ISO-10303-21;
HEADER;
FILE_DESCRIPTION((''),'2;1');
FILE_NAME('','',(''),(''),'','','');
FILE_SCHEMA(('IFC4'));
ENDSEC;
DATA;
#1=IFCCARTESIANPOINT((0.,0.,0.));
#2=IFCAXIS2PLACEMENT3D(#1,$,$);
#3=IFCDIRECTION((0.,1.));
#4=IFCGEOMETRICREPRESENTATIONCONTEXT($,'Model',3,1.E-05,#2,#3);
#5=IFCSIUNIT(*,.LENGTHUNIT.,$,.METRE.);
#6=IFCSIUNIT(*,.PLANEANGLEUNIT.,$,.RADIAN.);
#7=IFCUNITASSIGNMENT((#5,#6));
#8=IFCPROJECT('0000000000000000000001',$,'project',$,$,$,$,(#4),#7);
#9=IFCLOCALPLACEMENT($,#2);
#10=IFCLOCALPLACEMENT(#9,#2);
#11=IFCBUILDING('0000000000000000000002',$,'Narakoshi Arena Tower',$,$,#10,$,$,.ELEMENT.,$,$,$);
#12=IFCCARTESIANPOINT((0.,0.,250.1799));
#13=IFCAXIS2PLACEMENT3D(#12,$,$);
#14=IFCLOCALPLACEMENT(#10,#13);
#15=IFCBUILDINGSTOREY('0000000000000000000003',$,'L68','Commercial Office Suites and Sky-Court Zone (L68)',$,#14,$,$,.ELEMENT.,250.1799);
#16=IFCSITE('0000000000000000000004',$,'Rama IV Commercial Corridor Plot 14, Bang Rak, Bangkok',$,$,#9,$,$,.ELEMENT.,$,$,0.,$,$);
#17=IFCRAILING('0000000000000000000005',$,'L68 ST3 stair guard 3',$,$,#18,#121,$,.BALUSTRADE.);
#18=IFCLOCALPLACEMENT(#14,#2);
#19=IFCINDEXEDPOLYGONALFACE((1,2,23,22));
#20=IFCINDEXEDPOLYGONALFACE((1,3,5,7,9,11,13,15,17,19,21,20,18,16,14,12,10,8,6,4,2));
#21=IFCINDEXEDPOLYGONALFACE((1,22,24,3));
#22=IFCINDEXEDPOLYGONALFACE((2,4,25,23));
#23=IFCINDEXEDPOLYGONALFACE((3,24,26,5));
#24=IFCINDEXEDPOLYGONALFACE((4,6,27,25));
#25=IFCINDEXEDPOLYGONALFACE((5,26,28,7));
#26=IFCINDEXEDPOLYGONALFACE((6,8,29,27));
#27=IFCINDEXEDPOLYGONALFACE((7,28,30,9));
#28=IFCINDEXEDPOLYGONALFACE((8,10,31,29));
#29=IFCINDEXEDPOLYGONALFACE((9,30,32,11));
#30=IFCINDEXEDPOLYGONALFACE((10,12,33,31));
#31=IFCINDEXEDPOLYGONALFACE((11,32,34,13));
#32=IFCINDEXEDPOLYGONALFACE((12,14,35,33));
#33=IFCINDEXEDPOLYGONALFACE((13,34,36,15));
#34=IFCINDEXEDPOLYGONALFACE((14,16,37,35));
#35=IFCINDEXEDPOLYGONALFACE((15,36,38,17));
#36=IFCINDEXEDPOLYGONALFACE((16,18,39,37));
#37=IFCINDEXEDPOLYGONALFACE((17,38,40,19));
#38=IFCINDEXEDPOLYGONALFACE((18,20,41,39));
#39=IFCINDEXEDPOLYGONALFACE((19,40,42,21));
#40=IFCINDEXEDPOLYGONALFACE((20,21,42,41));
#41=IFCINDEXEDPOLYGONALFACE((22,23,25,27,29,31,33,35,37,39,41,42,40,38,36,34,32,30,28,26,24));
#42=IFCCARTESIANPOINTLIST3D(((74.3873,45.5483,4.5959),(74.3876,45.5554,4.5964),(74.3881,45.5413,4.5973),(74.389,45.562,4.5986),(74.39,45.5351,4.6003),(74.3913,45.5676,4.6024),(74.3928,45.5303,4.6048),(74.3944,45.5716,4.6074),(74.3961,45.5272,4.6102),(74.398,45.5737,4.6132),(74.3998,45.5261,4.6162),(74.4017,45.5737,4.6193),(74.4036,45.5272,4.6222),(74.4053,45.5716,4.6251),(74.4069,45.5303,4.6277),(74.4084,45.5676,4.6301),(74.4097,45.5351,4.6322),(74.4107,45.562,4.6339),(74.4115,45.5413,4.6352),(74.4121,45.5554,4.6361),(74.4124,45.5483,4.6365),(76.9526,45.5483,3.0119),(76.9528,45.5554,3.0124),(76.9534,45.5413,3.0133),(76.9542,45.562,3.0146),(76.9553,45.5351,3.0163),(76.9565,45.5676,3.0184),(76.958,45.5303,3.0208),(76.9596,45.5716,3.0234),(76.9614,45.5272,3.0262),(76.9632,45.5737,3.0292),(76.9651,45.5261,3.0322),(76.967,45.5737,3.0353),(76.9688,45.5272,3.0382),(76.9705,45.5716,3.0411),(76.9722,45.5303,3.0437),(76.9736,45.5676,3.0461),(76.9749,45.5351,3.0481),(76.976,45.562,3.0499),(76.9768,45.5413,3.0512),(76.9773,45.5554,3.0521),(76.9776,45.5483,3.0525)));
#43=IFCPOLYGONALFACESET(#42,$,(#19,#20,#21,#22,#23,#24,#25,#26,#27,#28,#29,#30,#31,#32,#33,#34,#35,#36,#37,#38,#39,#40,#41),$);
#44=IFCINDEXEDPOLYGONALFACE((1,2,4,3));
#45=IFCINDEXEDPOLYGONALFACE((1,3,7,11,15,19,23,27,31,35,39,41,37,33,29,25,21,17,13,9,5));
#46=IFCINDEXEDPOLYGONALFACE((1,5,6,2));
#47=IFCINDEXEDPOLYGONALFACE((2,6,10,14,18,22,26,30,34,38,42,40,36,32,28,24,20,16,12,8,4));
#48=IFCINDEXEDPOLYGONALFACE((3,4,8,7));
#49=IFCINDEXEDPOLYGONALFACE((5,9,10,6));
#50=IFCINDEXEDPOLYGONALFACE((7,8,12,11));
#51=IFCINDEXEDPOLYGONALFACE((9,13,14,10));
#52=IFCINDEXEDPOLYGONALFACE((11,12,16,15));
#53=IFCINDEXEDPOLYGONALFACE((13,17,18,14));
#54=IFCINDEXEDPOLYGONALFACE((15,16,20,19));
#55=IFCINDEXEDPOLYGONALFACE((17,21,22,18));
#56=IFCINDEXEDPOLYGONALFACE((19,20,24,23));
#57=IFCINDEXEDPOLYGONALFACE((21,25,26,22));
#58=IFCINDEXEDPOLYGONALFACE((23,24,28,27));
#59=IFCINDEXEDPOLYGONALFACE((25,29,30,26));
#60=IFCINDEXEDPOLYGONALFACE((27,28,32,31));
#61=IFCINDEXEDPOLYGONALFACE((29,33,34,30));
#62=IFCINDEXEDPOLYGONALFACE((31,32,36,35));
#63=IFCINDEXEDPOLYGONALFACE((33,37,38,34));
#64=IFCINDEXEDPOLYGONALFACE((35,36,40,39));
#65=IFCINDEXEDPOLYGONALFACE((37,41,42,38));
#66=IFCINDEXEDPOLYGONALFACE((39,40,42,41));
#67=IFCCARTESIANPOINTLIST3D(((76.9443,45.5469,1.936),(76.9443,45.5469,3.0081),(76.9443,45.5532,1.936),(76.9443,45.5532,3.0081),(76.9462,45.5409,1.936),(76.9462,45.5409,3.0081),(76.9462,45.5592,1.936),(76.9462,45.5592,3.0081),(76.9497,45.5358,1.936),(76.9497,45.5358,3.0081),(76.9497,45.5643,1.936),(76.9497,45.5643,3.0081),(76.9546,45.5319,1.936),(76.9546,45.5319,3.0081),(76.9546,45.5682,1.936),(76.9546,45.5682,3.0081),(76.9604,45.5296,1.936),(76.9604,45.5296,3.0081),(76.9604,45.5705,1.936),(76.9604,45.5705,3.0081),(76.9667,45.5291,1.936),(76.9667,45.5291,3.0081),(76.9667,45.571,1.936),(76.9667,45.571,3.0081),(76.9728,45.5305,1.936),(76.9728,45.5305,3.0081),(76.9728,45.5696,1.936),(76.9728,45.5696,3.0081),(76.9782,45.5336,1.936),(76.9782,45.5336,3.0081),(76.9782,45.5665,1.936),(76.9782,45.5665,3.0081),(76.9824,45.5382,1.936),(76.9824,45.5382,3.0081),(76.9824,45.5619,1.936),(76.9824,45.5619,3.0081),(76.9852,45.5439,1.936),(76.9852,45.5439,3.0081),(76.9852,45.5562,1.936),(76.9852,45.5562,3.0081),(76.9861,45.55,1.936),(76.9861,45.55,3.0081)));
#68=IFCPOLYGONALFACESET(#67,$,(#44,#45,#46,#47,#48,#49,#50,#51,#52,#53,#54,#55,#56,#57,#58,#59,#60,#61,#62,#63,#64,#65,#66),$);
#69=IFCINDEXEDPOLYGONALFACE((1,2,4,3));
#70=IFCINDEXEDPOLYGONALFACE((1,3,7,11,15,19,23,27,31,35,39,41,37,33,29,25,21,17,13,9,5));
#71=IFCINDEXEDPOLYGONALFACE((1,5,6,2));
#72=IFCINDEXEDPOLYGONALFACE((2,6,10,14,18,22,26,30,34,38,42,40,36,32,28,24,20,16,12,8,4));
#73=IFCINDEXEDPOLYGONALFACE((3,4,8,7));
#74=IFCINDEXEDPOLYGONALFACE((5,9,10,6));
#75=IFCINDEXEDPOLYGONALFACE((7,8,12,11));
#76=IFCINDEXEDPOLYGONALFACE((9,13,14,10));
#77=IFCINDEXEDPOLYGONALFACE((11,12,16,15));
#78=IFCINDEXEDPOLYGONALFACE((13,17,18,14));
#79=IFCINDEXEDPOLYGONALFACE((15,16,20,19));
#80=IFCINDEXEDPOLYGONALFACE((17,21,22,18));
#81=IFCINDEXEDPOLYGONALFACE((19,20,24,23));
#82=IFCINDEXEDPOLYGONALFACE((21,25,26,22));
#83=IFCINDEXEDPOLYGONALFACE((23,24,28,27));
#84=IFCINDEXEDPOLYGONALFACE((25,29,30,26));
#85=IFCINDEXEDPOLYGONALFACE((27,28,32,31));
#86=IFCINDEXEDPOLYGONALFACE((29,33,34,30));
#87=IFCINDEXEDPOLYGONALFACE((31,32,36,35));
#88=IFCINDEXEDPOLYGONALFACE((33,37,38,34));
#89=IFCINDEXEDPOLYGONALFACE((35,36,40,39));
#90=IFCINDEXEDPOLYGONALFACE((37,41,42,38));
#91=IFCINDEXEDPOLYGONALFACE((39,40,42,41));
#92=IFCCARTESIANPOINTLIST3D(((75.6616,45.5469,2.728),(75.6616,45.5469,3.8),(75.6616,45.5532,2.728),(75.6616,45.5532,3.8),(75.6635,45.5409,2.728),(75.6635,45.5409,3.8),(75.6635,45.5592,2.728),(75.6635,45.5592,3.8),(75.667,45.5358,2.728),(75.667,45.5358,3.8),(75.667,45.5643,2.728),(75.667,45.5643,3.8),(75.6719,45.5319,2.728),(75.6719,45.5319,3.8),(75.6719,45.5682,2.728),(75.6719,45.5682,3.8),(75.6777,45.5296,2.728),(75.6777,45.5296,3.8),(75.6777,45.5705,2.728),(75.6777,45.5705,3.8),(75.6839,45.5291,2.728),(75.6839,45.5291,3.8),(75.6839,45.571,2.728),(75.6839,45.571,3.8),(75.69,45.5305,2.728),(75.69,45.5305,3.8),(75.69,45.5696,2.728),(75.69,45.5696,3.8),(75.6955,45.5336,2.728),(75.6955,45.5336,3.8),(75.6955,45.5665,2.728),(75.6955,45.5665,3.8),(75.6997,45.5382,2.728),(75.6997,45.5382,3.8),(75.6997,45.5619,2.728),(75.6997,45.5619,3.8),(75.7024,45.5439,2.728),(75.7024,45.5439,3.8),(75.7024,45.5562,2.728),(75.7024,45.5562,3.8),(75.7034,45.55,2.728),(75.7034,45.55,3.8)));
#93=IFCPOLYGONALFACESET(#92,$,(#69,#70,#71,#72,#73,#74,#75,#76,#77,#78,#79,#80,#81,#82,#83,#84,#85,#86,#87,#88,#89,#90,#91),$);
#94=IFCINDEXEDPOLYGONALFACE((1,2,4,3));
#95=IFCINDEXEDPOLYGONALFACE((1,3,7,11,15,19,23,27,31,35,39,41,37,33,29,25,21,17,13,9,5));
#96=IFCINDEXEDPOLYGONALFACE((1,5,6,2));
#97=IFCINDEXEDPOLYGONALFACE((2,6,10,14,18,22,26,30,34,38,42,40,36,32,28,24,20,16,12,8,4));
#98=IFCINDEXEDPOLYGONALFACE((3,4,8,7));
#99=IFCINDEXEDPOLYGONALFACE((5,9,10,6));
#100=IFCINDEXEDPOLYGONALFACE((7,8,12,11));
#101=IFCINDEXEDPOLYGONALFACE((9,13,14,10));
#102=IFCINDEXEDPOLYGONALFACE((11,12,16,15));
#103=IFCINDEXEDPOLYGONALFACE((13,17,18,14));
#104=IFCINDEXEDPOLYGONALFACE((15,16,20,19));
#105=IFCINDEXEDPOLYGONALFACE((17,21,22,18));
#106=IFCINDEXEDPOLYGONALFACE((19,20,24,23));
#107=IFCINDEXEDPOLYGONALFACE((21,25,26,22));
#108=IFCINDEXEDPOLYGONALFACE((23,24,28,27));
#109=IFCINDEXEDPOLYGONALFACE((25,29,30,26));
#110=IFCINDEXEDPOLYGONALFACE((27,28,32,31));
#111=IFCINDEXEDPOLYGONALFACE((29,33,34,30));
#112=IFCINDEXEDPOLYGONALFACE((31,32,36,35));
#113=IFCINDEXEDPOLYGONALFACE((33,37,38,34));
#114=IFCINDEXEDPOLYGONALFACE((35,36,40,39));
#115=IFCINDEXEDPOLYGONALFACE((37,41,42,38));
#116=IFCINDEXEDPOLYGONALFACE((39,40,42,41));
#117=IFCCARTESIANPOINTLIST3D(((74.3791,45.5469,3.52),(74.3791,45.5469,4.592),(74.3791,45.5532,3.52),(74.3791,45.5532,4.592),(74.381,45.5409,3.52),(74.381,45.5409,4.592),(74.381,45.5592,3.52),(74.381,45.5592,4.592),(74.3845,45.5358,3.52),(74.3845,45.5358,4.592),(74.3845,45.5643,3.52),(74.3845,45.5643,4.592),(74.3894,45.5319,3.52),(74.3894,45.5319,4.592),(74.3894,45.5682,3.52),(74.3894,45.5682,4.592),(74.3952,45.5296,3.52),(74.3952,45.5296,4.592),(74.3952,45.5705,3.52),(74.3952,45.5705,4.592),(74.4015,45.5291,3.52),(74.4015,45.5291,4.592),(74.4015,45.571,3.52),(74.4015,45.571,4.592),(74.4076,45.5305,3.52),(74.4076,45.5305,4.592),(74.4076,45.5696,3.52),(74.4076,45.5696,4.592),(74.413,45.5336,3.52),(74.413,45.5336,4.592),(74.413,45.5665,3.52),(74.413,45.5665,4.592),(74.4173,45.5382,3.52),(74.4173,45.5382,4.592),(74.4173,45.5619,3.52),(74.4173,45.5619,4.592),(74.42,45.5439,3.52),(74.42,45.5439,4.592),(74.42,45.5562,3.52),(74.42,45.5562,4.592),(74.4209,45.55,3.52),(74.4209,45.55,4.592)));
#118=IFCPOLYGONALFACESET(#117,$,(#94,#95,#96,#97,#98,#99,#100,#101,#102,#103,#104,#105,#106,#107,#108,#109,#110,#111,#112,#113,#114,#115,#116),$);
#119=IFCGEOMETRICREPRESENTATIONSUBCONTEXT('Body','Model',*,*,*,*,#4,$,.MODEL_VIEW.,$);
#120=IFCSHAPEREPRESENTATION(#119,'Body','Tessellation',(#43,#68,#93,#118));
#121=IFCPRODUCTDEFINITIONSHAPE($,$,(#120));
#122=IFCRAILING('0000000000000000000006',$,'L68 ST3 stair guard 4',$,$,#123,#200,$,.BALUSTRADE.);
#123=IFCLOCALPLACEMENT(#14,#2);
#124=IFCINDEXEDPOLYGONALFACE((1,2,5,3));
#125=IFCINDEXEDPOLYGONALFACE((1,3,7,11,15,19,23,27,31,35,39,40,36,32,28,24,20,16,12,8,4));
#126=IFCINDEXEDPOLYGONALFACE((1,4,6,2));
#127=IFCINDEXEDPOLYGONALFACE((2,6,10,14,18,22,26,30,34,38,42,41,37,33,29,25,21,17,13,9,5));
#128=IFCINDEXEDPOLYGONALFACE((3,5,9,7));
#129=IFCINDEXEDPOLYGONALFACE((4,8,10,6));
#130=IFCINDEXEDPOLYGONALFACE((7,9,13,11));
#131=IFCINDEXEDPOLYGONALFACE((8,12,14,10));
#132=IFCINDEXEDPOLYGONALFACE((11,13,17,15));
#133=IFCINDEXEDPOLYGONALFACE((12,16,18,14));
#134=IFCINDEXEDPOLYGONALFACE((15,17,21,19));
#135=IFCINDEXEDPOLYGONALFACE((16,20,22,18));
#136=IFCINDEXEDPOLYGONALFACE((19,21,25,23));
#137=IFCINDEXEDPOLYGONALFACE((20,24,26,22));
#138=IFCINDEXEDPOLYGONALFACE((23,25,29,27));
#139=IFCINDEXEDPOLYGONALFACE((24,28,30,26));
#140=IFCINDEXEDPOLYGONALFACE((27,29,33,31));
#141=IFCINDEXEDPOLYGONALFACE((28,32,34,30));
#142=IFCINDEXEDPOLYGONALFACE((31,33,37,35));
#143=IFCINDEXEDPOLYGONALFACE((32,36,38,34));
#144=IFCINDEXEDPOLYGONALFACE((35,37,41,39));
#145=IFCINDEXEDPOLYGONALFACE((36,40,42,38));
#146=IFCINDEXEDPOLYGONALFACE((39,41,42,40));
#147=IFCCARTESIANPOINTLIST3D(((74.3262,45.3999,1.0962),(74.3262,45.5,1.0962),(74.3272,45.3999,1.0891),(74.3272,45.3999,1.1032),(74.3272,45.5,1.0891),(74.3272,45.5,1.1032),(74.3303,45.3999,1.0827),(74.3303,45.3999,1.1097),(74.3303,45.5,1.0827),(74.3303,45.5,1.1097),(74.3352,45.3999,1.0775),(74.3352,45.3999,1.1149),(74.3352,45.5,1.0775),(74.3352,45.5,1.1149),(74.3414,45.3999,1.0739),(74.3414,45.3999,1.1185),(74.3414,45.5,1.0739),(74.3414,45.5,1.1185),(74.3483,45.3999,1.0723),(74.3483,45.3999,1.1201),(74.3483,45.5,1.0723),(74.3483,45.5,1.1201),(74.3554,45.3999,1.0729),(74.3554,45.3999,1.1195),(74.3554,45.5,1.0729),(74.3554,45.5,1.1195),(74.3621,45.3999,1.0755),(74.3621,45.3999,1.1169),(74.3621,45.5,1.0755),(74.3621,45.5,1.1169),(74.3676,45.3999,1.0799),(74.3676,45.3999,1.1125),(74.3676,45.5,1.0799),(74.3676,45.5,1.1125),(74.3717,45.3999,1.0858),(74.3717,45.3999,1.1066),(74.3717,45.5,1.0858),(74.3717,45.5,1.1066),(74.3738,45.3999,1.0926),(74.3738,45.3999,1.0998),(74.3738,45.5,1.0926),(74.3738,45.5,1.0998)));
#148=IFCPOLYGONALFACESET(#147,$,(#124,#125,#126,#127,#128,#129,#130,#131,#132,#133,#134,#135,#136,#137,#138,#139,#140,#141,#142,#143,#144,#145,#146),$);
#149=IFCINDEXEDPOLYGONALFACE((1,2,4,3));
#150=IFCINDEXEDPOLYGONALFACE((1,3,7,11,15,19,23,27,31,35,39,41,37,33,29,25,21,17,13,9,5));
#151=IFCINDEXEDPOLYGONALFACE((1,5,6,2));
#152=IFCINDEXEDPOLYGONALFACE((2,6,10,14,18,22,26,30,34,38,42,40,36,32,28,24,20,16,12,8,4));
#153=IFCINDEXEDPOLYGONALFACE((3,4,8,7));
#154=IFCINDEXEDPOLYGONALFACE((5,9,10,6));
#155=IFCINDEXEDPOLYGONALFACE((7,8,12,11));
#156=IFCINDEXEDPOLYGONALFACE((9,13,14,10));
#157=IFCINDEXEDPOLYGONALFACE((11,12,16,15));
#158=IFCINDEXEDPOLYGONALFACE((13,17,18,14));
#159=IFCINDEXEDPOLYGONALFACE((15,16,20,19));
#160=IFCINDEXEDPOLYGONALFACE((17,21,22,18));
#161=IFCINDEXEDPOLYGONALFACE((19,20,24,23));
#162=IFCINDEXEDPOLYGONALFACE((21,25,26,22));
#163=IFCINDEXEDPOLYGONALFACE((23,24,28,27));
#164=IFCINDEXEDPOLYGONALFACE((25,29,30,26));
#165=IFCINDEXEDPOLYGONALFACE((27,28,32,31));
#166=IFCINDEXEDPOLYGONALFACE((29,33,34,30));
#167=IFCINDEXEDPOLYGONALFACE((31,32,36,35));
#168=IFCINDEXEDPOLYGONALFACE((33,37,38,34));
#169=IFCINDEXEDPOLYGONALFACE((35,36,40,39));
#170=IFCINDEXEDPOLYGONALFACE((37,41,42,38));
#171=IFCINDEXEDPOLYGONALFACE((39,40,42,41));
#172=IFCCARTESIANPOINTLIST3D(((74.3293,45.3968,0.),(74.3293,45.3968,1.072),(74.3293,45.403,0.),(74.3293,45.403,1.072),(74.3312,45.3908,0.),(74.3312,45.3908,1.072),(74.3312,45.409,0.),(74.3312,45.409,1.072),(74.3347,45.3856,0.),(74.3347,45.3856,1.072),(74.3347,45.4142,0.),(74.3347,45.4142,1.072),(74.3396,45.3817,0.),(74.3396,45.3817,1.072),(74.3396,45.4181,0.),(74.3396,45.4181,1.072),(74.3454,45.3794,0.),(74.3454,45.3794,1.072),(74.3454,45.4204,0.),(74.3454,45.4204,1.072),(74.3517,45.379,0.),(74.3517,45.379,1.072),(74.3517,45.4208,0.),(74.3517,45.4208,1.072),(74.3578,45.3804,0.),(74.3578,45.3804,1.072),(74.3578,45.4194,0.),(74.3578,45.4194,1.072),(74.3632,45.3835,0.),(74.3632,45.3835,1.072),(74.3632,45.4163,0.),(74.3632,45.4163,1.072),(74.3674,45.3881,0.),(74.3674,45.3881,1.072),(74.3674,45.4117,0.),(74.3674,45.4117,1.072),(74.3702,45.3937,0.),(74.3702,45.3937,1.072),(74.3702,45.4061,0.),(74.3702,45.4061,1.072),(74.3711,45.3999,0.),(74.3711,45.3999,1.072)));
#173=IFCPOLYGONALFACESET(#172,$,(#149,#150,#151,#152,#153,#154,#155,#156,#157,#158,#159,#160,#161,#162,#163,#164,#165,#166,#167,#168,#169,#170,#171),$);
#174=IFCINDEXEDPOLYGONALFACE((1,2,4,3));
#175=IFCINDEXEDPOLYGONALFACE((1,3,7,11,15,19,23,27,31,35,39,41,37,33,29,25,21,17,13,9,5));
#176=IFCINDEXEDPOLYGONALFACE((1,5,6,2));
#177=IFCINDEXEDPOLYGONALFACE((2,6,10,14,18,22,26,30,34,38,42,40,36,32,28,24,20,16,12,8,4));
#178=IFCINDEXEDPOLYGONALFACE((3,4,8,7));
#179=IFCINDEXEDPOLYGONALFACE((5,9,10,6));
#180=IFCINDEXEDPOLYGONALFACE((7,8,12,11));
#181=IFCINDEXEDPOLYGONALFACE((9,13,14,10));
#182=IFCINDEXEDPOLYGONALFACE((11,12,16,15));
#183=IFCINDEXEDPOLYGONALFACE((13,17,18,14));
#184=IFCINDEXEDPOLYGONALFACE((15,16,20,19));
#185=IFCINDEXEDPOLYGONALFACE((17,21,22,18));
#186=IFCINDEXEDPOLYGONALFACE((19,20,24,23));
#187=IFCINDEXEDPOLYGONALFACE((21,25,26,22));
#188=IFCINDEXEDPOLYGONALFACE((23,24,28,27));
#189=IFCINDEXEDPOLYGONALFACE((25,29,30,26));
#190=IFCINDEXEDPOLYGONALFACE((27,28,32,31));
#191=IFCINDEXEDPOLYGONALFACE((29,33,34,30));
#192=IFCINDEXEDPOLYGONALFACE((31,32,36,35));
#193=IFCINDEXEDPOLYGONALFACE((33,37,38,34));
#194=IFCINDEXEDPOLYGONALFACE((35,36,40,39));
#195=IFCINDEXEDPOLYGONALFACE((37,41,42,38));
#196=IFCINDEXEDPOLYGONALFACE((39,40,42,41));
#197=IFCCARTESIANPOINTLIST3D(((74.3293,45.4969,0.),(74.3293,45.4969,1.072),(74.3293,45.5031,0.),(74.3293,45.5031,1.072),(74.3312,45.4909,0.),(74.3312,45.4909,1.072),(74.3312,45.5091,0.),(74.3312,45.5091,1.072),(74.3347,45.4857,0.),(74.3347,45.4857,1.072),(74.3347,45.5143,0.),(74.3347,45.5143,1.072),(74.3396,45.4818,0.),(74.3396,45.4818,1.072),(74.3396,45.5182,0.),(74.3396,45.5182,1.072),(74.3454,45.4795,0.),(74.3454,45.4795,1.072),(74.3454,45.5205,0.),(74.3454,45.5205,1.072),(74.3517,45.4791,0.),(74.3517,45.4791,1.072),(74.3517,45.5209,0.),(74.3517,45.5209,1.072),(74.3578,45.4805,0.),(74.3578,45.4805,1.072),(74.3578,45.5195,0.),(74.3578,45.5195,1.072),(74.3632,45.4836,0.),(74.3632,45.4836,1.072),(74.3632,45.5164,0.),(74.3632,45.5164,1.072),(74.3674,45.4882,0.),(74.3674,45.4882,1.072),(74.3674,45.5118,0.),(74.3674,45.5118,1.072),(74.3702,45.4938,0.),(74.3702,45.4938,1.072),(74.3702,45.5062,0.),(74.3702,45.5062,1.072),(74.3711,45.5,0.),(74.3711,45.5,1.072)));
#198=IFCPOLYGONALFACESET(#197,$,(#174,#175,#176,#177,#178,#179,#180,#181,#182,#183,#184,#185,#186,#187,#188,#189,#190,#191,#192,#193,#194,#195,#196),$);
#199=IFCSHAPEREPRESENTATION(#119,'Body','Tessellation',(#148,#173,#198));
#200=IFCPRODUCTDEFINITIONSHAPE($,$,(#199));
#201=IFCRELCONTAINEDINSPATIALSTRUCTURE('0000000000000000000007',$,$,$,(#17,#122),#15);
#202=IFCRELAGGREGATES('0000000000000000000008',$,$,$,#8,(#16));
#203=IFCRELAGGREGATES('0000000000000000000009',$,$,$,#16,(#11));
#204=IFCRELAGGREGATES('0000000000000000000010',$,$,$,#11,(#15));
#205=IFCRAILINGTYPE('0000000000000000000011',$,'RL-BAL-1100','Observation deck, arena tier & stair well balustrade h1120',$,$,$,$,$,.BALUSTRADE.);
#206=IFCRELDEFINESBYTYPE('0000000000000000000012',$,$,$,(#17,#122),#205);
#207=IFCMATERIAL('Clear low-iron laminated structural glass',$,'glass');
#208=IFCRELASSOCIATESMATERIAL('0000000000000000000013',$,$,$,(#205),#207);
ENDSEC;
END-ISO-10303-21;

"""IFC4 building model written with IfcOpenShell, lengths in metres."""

from ifc_helpers import new_model, si_unit, direction, frame, origin, origin_2d, place, context, subcontext, project, spatial, circle, extrude, material, type_object, element, save


model = new_model("IFC4")

# Units and contexts
model_context = context("Model", 3, precision=1e-05, world=origin(), true_north=direction((0.0, 1.0)))
body_context = subcontext(model_context, "Body", "Model", "MODEL_VIEW")
ifc_project = project(units=[si_unit("LENGTHUNIT", "METRE"), si_unit("PLANEANGLEUNIT", "RADIAN")], contexts=[model_context])

# Site, building, storey
site_placement = place(None, origin())
site = spatial("IfcSite", under=ifc_project, at=site_placement, Name="Rama IV Commercial Corridor Plot 14, Bang Rak, Bangkok", CompositionType="ELEMENT", RefElevation=0.0)
building_placement = place(site_placement, origin())
building = spatial("IfcBuilding", under=site, at=building_placement, Name="Narakoshi Arena Tower", CompositionType="ELEMENT")
storey_placement = place(building_placement, frame((0.0, 0.0, 250.1799)))
storey = spatial("IfcBuildingStorey", under=building, at=storey_placement, Name="L68", Description="Commercial Office Suites and Sky-Court Zone (L68)", CompositionType="ELEMENT", Elevation=250.1799)

# Railings
ifc_material_1 = material(Name="Clear low-iron laminated structural glass", Category="glass")
railing_type_1 = type_object("IfcRailingType", Name="RL-BAL-1100", Description="Observation deck, arena tier & stair well balustrade h1120", PredefinedType="BALUSTRADE", material=ifc_material_1)
railing_1_placement = place(storey_placement, frame((76.9651, 45.55, 1.936)))
element("IfcRailing", 1, at=railing_1_placement, inside=storey, type_object=railing_type_1, Name="L68 ST3 stair guard 3", PredefinedType="BALUSTRADE", context=body_context, shape_type="SweptSolid", body=[
    extrude(circle(Radius=0.0239, at=origin_2d()), frame((0.0, 0.0, 1.0962), z_axis=(-0.850857, 0.0, 0.525398), x_axis=(0.0, -1.0, 0.0)), (0.0, 0.0, 1.0), 3.0149),
    extrude(circle(Radius=0.021, at=origin_2d()), origin(), (0.0, 0.0, 1.0), 1.072),
    extrude(circle(Radius=0.021, at=origin_2d()), frame((-1.2827, 0.0, 0.792)), (0.0, 0.0, 1.0), 1.072),
    extrude(circle(Radius=0.021, at=origin_2d()), frame((-2.5652, 0.0, 1.584)), (0.0, 0.0, 1.0), 1.072),
])
railing_2_placement = place(storey_placement, frame((74.3501, 45.3999, 0.0)))
element("IfcRailing", 2, at=railing_2_placement, inside=storey, type_object=railing_type_1, Name="L68 ST3 stair guard 4", PredefinedType="BALUSTRADE", context=body_context, shape_type="SweptSolid", body=[
    extrude(circle(Radius=0.0239, at=origin_2d()), frame((0.0, 0.0, 1.0962), z_axis=(0.0, 1.0, 0.0), x_axis=(-1.0, 0.0, 0.0)), (0.0, 0.0, 1.0), 0.1001),
    extrude(circle(Radius=0.021, at=origin_2d()), origin(), (0.0, 0.0, 1.0), 1.072),
    extrude(circle(Radius=0.021, at=origin_2d()), frame((0.0, 0.1001, 0.0)), (0.0, 0.0, 1.0), 1.072),
])

save(model, "model.ifc")
